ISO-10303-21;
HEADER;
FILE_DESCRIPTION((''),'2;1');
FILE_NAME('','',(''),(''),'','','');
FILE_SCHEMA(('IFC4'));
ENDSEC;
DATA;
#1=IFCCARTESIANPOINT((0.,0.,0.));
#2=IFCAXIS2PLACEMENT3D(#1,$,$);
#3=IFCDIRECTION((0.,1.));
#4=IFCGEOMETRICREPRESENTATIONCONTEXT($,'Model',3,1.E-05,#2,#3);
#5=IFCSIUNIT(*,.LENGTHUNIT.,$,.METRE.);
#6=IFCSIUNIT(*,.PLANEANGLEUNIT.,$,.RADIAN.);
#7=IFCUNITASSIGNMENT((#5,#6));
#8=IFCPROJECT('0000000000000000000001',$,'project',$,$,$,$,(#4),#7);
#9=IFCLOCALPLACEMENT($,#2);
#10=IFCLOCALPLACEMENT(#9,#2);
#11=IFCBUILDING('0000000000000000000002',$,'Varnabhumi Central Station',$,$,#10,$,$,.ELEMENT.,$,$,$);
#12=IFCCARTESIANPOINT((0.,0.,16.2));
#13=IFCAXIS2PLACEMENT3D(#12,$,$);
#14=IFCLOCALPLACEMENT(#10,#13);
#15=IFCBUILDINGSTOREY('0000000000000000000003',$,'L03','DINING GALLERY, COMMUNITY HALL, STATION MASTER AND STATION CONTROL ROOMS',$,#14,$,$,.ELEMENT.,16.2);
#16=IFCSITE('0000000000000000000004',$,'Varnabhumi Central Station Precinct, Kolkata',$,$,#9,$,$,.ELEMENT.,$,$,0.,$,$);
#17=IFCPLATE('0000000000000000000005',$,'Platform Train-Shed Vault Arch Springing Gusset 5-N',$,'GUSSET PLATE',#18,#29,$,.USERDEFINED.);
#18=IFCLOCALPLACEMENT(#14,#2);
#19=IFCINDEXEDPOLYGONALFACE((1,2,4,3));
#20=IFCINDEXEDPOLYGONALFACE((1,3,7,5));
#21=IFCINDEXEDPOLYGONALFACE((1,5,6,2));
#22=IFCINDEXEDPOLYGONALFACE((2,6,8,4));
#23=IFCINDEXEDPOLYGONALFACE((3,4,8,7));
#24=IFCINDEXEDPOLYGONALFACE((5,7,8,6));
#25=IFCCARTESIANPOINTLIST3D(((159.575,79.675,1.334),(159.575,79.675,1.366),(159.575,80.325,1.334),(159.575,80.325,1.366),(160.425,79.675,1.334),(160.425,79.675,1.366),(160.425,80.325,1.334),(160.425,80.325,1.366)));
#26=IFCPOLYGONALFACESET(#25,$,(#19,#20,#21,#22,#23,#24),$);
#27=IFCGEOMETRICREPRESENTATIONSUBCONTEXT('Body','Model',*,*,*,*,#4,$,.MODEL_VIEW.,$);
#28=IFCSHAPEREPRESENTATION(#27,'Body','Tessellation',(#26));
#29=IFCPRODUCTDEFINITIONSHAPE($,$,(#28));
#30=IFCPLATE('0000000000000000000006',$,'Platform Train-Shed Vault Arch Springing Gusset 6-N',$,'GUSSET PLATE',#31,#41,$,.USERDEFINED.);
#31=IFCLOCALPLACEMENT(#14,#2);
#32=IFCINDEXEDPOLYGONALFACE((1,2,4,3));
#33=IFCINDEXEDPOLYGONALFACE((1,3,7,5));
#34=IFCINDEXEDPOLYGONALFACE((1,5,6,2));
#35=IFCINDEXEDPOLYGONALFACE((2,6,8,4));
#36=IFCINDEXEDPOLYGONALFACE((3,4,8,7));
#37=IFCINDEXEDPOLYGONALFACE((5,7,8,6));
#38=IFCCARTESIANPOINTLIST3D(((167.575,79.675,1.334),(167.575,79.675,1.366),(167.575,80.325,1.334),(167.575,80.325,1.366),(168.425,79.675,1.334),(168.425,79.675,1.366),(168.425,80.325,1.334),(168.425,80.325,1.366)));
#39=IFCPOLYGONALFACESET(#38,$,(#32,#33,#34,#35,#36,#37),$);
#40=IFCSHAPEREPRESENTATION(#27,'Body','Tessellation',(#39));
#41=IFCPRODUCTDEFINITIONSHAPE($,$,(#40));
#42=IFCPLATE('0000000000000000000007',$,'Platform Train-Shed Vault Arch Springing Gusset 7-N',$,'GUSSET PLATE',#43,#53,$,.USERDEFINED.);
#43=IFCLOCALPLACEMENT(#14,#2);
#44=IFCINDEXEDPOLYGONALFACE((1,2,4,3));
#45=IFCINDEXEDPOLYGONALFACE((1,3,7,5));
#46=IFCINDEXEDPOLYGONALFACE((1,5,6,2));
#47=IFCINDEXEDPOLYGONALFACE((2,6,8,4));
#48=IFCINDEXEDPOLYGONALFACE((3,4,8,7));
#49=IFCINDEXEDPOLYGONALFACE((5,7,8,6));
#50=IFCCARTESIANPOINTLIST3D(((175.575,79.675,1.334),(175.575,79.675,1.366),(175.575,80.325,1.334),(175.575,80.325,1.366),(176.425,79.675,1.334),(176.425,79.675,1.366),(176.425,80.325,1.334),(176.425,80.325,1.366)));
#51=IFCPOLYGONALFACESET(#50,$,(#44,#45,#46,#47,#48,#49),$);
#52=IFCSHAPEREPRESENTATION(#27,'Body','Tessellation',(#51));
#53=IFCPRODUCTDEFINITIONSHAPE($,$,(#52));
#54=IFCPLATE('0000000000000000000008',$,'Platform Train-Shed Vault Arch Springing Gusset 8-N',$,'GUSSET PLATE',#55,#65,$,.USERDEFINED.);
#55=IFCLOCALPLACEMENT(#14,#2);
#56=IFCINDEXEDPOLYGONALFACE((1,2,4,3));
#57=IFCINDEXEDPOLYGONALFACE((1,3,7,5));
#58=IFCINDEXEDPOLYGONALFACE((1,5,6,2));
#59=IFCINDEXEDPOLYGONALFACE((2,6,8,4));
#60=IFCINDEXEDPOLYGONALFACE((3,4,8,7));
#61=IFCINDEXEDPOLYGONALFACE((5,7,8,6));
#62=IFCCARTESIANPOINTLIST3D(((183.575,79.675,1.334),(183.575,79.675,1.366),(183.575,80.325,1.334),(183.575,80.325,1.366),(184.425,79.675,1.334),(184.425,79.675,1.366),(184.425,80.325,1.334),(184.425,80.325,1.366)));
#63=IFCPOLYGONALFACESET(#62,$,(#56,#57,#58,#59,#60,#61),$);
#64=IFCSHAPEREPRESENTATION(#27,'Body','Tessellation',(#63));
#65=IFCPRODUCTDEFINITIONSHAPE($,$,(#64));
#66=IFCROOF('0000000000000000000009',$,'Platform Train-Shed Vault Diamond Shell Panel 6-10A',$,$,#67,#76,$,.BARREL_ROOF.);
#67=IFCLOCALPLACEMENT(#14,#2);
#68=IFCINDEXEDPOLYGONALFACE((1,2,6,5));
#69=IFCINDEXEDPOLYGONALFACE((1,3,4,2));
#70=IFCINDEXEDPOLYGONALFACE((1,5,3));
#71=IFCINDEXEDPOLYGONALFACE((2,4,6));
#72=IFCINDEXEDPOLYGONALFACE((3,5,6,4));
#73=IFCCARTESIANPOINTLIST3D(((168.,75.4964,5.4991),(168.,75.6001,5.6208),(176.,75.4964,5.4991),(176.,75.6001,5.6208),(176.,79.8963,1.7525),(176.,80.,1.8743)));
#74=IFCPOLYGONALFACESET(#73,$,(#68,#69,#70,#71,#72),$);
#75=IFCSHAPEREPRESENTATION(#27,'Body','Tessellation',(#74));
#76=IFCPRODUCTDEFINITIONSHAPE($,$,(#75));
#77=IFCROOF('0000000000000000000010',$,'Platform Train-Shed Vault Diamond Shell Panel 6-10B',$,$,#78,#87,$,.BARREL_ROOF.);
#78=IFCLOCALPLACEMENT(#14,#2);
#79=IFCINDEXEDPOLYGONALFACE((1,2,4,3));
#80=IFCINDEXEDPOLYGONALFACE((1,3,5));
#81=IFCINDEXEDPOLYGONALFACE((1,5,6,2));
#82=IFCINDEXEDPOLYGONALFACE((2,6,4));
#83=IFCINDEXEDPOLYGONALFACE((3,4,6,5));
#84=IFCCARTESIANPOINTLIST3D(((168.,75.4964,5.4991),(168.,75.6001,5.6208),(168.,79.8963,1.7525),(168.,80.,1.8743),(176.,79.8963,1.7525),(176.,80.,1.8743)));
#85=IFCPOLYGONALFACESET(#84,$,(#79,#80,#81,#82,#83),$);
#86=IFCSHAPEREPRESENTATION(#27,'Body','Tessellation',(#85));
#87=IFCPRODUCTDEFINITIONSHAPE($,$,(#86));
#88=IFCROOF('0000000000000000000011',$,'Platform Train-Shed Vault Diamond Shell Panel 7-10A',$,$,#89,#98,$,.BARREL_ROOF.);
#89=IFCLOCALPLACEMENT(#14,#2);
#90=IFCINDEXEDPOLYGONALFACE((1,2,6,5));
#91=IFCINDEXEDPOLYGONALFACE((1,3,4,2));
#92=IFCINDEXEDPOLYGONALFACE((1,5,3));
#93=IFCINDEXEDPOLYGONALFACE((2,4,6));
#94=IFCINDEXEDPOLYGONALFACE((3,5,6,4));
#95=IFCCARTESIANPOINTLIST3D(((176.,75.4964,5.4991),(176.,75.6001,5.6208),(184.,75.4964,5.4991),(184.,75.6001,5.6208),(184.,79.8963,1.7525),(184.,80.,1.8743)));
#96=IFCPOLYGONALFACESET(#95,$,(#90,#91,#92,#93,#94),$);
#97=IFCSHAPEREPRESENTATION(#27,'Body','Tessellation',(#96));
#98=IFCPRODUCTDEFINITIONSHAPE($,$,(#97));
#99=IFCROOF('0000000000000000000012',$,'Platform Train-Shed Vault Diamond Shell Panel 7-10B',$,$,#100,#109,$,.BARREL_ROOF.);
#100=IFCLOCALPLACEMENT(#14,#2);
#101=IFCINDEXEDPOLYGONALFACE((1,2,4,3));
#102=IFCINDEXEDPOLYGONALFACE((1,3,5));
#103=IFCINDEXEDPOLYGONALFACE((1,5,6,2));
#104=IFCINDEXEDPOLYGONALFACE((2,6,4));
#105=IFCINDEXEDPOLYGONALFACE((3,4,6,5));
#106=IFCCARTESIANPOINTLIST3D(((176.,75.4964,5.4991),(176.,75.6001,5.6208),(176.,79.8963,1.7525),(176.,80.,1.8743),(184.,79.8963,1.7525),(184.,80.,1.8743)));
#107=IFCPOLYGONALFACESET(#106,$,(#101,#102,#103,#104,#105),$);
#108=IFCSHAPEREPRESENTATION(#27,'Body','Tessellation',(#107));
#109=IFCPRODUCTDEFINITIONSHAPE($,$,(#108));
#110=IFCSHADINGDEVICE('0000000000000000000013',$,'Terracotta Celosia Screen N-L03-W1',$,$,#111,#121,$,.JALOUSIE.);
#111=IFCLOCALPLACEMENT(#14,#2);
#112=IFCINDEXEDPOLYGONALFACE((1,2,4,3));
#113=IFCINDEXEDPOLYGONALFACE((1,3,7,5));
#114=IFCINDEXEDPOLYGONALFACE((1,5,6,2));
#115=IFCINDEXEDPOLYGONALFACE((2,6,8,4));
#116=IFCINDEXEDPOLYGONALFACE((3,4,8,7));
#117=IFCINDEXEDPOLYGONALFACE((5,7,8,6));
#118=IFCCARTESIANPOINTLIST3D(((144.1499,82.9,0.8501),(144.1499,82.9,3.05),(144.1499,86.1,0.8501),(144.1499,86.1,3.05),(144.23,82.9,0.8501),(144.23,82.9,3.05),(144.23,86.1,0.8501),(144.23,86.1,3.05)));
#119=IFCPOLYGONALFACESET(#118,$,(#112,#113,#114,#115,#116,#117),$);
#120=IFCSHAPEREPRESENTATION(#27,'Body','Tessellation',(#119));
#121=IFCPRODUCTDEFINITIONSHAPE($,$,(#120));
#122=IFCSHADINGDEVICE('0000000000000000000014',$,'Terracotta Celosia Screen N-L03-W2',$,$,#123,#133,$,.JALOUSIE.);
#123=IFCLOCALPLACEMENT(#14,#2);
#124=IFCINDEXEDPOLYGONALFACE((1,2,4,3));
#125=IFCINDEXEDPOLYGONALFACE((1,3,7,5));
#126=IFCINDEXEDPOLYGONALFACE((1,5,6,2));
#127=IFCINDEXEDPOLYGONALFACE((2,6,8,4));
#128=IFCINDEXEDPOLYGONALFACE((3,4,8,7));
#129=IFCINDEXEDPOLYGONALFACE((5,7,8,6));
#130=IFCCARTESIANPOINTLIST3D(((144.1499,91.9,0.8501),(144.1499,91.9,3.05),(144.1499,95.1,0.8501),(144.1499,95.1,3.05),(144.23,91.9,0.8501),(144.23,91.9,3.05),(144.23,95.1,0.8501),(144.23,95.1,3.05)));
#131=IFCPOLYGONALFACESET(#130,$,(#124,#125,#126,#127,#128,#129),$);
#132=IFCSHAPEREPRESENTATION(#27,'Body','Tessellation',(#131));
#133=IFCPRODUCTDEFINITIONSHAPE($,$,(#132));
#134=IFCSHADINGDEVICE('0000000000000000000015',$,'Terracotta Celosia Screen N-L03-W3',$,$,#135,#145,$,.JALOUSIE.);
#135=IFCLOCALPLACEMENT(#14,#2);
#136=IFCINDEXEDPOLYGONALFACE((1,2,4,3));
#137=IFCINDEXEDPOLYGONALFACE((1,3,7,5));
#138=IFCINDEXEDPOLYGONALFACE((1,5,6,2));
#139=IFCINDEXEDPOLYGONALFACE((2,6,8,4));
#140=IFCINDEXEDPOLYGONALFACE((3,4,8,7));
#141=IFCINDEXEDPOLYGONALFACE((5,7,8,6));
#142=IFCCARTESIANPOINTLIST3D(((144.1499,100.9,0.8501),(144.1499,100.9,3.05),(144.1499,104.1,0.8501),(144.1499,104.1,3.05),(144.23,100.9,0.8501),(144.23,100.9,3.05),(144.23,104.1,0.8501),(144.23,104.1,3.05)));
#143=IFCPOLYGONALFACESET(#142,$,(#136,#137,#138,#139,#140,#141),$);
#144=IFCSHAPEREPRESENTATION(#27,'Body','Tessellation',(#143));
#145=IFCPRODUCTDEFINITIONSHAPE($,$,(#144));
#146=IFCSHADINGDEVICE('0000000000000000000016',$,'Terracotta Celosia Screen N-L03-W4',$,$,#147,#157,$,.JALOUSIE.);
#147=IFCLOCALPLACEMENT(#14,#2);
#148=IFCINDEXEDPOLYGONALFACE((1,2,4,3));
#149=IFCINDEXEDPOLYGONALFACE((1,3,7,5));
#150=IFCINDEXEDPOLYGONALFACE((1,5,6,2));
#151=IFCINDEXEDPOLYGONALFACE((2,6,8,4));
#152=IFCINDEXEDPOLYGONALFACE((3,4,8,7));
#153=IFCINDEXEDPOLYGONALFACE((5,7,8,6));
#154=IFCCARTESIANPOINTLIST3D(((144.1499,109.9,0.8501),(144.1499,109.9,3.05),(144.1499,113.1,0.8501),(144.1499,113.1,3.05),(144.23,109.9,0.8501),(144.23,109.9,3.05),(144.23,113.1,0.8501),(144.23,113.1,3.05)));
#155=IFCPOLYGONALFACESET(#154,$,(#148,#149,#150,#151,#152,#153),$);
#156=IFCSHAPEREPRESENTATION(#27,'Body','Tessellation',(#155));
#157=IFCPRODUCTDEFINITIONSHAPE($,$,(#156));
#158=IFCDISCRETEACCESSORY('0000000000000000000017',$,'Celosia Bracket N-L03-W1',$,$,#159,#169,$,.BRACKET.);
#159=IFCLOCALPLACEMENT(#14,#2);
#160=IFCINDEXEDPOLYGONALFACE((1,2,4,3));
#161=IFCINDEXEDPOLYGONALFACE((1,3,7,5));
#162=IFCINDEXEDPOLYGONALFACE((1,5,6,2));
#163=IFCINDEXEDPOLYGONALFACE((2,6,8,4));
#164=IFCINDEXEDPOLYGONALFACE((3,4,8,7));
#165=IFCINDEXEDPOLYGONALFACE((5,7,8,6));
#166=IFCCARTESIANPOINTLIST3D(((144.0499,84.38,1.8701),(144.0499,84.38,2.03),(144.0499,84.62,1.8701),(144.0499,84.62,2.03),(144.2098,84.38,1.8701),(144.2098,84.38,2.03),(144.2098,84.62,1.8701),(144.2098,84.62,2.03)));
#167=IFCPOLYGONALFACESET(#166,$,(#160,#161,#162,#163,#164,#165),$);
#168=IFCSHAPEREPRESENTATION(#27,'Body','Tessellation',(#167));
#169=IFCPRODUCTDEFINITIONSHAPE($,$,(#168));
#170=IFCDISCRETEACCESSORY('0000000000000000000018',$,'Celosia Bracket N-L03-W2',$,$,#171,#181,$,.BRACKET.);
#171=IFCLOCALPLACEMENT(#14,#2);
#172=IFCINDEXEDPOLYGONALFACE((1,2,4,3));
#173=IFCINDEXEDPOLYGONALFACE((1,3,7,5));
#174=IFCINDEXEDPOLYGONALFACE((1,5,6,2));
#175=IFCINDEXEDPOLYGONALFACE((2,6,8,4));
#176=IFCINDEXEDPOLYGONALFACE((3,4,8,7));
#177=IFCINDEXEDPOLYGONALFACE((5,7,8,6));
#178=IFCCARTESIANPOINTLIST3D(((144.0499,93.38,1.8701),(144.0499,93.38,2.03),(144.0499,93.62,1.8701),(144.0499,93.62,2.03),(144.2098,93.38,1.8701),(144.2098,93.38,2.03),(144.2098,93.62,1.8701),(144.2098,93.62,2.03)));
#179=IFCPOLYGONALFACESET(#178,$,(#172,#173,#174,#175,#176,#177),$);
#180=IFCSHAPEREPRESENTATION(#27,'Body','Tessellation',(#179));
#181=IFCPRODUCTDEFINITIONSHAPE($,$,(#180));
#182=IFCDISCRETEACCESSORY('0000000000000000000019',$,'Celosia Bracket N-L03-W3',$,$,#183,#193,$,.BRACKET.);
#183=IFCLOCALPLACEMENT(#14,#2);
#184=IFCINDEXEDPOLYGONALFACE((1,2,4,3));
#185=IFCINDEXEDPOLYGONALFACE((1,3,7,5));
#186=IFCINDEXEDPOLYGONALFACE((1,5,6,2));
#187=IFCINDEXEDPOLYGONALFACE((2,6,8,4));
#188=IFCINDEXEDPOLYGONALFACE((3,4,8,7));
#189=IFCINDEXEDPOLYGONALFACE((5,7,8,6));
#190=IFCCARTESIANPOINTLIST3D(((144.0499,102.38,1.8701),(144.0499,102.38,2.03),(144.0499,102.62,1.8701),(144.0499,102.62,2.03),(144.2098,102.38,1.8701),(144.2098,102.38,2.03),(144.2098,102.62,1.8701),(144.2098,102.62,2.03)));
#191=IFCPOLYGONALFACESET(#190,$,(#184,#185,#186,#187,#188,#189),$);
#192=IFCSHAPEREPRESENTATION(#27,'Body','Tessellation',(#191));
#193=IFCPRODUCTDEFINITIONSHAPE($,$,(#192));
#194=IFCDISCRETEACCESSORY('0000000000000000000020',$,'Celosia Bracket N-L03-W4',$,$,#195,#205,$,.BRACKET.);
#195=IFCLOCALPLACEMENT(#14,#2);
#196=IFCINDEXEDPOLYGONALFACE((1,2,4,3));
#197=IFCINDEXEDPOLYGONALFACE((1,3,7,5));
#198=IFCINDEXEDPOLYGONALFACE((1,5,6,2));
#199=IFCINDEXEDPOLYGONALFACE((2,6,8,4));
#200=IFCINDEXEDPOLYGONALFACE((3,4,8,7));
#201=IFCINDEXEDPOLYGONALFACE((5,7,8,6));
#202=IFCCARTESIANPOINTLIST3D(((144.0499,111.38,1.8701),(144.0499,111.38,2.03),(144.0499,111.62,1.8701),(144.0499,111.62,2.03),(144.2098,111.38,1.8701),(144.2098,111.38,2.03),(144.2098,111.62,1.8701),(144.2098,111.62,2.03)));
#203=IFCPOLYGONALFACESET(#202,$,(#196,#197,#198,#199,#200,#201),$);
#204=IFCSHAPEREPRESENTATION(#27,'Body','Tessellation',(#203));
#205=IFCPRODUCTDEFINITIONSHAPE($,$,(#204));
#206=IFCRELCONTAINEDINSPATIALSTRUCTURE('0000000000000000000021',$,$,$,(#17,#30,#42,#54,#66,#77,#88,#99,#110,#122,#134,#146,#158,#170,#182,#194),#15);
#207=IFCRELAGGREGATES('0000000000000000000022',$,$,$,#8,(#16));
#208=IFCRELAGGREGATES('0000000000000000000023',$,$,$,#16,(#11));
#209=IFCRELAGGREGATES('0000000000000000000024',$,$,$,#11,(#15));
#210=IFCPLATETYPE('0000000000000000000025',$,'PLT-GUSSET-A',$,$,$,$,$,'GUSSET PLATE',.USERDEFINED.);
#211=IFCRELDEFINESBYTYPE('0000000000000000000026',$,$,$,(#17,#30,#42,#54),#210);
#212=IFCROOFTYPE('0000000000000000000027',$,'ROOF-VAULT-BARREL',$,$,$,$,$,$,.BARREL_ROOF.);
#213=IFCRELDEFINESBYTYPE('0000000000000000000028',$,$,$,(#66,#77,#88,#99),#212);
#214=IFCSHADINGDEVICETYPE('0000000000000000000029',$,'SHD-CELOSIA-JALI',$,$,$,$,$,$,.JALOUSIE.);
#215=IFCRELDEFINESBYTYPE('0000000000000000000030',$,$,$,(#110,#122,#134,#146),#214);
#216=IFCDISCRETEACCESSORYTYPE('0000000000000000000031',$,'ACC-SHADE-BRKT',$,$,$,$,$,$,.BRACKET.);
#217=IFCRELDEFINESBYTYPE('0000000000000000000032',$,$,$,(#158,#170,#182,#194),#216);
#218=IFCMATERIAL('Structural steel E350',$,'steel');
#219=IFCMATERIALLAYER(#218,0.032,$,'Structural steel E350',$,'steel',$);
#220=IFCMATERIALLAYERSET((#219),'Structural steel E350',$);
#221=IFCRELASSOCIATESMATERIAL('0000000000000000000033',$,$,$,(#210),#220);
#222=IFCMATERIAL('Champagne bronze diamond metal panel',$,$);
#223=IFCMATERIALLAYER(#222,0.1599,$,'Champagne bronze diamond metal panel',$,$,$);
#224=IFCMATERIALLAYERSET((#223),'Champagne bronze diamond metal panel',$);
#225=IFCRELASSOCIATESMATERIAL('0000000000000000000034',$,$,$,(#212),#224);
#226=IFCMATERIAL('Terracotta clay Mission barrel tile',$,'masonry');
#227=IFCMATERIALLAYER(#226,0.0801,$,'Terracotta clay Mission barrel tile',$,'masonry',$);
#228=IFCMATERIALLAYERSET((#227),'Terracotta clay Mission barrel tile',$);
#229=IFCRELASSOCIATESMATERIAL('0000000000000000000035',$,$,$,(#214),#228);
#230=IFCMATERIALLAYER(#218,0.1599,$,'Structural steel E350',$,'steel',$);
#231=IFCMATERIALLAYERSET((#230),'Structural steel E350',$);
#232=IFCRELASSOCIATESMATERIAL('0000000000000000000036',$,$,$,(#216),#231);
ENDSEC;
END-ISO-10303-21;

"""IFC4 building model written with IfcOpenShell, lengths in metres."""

from ifc_helpers import new_model, si_unit, direction, frame, origin, origin_2d, place, context, subcontext, project, spatial, polyline, rectangle, outline, extrude, material, layer, layer_set, type_object, element, save


model = new_model("IFC4")

# Units and contexts
model_context = context("Model", 3, precision=1e-05, world=origin(), true_north=direction((0.0, 1.0)))
body_context = subcontext(model_context, "Body", "Model", "MODEL_VIEW")
ifc_project = project(units=[si_unit("LENGTHUNIT", "METRE"), si_unit("PLANEANGLEUNIT", "RADIAN")], contexts=[model_context])

# Site, building, storey
site_placement = place(None, origin())
site = spatial("IfcSite", under=ifc_project, at=site_placement, Name="Varnabhumi Central Station Precinct, Kolkata", CompositionType="ELEMENT", RefElevation=0.0)
building_placement = place(site_placement, origin())
building = spatial("IfcBuilding", under=site, at=building_placement, Name="Varnabhumi Central Station", CompositionType="ELEMENT")
storey_placement = place(building_placement, frame((0.0, 0.0, 16.2)))
storey = spatial("IfcBuildingStorey", under=building, at=storey_placement, Name="L03", Description="DINING GALLERY, COMMUNITY HALL, STATION MASTER AND STATION CONTROL ROOMS", CompositionType="ELEMENT", Elevation=16.2)

# Shared definitions
ifc_material_1 = material(Name="Structural steel E350", Category="steel")

# Plates
ifc_layer_1 = layer(ifc_material_1, 0.032, Name="Structural steel E350", Category="steel")
ifc_layer_set_1 = layer_set([ifc_layer_1], Name="Structural steel E350")
plate_type_1 = type_object("IfcPlateType", Name="PLT-GUSSET-A", ElementType="GUSSET PLATE", PredefinedType="USERDEFINED", material=ifc_layer_set_1)
for number, where, z_axis, x_axis, name in (
    (1, (160.0, 80.0, 1.334), (0.0, 0.0, 1.0), (1.0, 0.0, 0.0), "Platform Train-Shed Vault Arch Springing Gusset 5-N"),
    (2, (168.0, 80.0, 1.334), (0.0, 0.0, 1.0), (1.0, 0.0, 0.0), "Platform Train-Shed Vault Arch Springing Gusset 6-N"),
    (3, (176.0, 80.0, 1.334), (0.0, 0.0, 1.0), (1.0, 0.0, 0.0), "Platform Train-Shed Vault Arch Springing Gusset 7-N"),
    (4, (184.0, 80.0, 1.334), (0.0, 0.0, 1.0), (1.0, 0.0, 0.0), "Platform Train-Shed Vault Arch Springing Gusset 8-N"),
):
    element("IfcPlate", number, at=place(storey_placement, frame(where, z_axis=z_axis, x_axis=x_axis)), inside=storey, type_object=plate_type_1, Name=name, ObjectType="GUSSET PLATE", PredefinedType="USERDEFINED", context=body_context, shape_type="SweptSolid", body=[
        extrude(rectangle(XDim=0.8501, YDim=0.6499, at=origin_2d()), origin(), (0.0, 0.0, 1.0), 0.032),
    ])

# Roofs
ifc_material_2 = material(Name="Champagne bronze diamond metal panel")
ifc_layer_2 = layer(ifc_material_2, 0.1599, Name="Champagne bronze diamond metal panel")
ifc_layer_set_2 = layer_set([ifc_layer_2], Name="Champagne bronze diamond metal panel")
roof_type = type_object("IfcRoofType", Name="ROOF-VAULT-BARREL", PredefinedType="BARREL_ROOF", material=ifc_layer_set_2)
roof_1_placement = place(storey_placement, frame((168.0, 75.6001, 5.6208), z_axis=(0.0, 0.648318, 0.76137), x_axis=(1.0, 0.0, 0.0)))
element("IfcRoof", 5, at=roof_1_placement, inside=storey, type_object=roof_type, Name="Platform Train-Shed Vault Diamond Shell Panel 6-10A", PredefinedType="BARREL_ROOF", context=body_context, shape_type="SweptSolid", body=[
    extrude(outline(polyline([(0.0, 0.0), (8.0, 0.0), (8.0, 5.7789), (0.0, 0.0)])), origin(), (0.0, 0.0, -1.0), 0.1599),
])
roof_2_placement = place(storey_placement, frame((168.0, 75.6001, 5.6208), z_axis=(0.0, 0.648318, 0.76137), x_axis=(0.810624, 0.445833, -0.379634)))
element("IfcRoof", 6, at=roof_2_placement, inside=storey, type_object=roof_type, Name="Platform Train-Shed Vault Diamond Shell Panel 6-10B", PredefinedType="BARREL_ROOF", context=body_context, shape_type="SweptSolid", body=[
    extrude(outline(polyline([(0.0, 0.0), (9.8689, 0.0), (3.384, 4.6845), (0.0, 0.0)])), origin(), (0.0, 0.0, -1.0), 0.1599),
])
roof_3_placement = place(storey_placement, frame((176.0, 75.6001, 5.6208), z_axis=(0.0, 0.648318, 0.76137), x_axis=(1.0, 0.0, 0.0)))
element("IfcRoof", 7, at=roof_3_placement, inside=storey, type_object=roof_type, Name="Platform Train-Shed Vault Diamond Shell Panel 7-10A", PredefinedType="BARREL_ROOF", context=body_context, shape_type="SweptSolid", body=[
    extrude(outline(polyline([(0.0, 0.0), (8.0, 0.0), (8.0, 5.7789), (0.0, 0.0)])), origin(), (0.0, 0.0, -1.0), 0.1599),
])
roof_4_placement = place(storey_placement, frame((176.0, 75.6001, 5.6208), z_axis=(0.0, 0.648318, 0.76137), x_axis=(0.810624, 0.445833, -0.379634)))
element("IfcRoof", 8, at=roof_4_placement, inside=storey, type_object=roof_type, Name="Platform Train-Shed Vault Diamond Shell Panel 7-10B", PredefinedType="BARREL_ROOF", context=body_context, shape_type="SweptSolid", body=[
    extrude(outline(polyline([(0.0, 0.0), (9.8689, 0.0), (3.384, 4.6845), (0.0, 0.0)])), origin(), (0.0, 0.0, -1.0), 0.1599),
])

# Shading devices
ifc_material_3 = material(Name="Terracotta clay Mission barrel tile", Category="masonry")
ifc_layer_3 = layer(ifc_material_3, 0.0801, Name="Terracotta clay Mission barrel tile", Category="masonry")
ifc_layer_set_3 = layer_set([ifc_layer_3], Name="Terracotta clay Mission barrel tile")
shading_device_type = type_object("IfcShadingDeviceType", Name="SHD-CELOSIA-JALI", PredefinedType="JALOUSIE", material=ifc_layer_set_3)
for number, where, z_axis, x_axis, name in (
    (9, (144.1899, 84.5, 0.8501), (0.0, 0.0, 1.0), (1.0, 0.0, 0.0), "Terracotta Celosia Screen N-L03-W1"),
    (10, (144.1899, 93.5, 0.8501), (0.0, 0.0, 1.0), (1.0, 0.0, 0.0), "Terracotta Celosia Screen N-L03-W2"),
    (11, (144.1899, 102.5, 0.8501), (0.0, 0.0, 1.0), (1.0, 0.0, 0.0), "Terracotta Celosia Screen N-L03-W3"),
    (12, (144.1899, 111.5, 0.8501), (0.0, 0.0, 1.0), (1.0, 0.0, 0.0), "Terracotta Celosia Screen N-L03-W4"),
):
    element("IfcShadingDevice", number, at=place(storey_placement, frame(where, z_axis=z_axis, x_axis=x_axis)), inside=storey, type_object=shading_device_type, Name=name, PredefinedType="JALOUSIE", context=body_context, shape_type="SweptSolid", body=[
        extrude(rectangle(XDim=0.0801, YDim=3.2, at=origin_2d()), origin(), (0.0, 0.0, 1.0), 2.2),
    ])

# Discrete accessories
ifc_layer_4 = layer(ifc_material_1, 0.1599, Name="Structural steel E350", Category="steel")
ifc_layer_set_4 = layer_set([ifc_layer_4], Name="Structural steel E350")
discrete_accessory_type = type_object("IfcDiscreteAccessoryType", Name="ACC-SHADE-BRKT", PredefinedType="BRACKET", material=ifc_layer_set_4)
for number, where, z_axis, x_axis, name in (
    (13, (144.1299, 84.5, 1.8701), (0.0, 0.0, 1.0), (1.0, 0.0, 0.0), "Celosia Bracket N-L03-W1"),
    (14, (144.1299, 93.5, 1.8701), (0.0, 0.0, 1.0), (1.0, 0.0, 0.0), "Celosia Bracket N-L03-W2"),
    (15, (144.1299, 102.5, 1.8701), (0.0, 0.0, 1.0), (1.0, 0.0, 0.0), "Celosia Bracket N-L03-W3"),
    (16, (144.1299, 111.5, 1.8701), (0.0, 0.0, 1.0), (1.0, 0.0, 0.0), "Celosia Bracket N-L03-W4"),
):
    element("IfcDiscreteAccessory", number, at=place(storey_placement, frame(where, z_axis=z_axis, x_axis=x_axis)), inside=storey, type_object=discrete_accessory_type, Name=name, PredefinedType="BRACKET", context=body_context, shape_type="SweptSolid", body=[
        extrude(rectangle(XDim=0.1599, YDim=0.24, at=origin_2d()), origin(), (0.0, 0.0, 1.0), 0.1599),
    ])

save(model, "model.ifc")
